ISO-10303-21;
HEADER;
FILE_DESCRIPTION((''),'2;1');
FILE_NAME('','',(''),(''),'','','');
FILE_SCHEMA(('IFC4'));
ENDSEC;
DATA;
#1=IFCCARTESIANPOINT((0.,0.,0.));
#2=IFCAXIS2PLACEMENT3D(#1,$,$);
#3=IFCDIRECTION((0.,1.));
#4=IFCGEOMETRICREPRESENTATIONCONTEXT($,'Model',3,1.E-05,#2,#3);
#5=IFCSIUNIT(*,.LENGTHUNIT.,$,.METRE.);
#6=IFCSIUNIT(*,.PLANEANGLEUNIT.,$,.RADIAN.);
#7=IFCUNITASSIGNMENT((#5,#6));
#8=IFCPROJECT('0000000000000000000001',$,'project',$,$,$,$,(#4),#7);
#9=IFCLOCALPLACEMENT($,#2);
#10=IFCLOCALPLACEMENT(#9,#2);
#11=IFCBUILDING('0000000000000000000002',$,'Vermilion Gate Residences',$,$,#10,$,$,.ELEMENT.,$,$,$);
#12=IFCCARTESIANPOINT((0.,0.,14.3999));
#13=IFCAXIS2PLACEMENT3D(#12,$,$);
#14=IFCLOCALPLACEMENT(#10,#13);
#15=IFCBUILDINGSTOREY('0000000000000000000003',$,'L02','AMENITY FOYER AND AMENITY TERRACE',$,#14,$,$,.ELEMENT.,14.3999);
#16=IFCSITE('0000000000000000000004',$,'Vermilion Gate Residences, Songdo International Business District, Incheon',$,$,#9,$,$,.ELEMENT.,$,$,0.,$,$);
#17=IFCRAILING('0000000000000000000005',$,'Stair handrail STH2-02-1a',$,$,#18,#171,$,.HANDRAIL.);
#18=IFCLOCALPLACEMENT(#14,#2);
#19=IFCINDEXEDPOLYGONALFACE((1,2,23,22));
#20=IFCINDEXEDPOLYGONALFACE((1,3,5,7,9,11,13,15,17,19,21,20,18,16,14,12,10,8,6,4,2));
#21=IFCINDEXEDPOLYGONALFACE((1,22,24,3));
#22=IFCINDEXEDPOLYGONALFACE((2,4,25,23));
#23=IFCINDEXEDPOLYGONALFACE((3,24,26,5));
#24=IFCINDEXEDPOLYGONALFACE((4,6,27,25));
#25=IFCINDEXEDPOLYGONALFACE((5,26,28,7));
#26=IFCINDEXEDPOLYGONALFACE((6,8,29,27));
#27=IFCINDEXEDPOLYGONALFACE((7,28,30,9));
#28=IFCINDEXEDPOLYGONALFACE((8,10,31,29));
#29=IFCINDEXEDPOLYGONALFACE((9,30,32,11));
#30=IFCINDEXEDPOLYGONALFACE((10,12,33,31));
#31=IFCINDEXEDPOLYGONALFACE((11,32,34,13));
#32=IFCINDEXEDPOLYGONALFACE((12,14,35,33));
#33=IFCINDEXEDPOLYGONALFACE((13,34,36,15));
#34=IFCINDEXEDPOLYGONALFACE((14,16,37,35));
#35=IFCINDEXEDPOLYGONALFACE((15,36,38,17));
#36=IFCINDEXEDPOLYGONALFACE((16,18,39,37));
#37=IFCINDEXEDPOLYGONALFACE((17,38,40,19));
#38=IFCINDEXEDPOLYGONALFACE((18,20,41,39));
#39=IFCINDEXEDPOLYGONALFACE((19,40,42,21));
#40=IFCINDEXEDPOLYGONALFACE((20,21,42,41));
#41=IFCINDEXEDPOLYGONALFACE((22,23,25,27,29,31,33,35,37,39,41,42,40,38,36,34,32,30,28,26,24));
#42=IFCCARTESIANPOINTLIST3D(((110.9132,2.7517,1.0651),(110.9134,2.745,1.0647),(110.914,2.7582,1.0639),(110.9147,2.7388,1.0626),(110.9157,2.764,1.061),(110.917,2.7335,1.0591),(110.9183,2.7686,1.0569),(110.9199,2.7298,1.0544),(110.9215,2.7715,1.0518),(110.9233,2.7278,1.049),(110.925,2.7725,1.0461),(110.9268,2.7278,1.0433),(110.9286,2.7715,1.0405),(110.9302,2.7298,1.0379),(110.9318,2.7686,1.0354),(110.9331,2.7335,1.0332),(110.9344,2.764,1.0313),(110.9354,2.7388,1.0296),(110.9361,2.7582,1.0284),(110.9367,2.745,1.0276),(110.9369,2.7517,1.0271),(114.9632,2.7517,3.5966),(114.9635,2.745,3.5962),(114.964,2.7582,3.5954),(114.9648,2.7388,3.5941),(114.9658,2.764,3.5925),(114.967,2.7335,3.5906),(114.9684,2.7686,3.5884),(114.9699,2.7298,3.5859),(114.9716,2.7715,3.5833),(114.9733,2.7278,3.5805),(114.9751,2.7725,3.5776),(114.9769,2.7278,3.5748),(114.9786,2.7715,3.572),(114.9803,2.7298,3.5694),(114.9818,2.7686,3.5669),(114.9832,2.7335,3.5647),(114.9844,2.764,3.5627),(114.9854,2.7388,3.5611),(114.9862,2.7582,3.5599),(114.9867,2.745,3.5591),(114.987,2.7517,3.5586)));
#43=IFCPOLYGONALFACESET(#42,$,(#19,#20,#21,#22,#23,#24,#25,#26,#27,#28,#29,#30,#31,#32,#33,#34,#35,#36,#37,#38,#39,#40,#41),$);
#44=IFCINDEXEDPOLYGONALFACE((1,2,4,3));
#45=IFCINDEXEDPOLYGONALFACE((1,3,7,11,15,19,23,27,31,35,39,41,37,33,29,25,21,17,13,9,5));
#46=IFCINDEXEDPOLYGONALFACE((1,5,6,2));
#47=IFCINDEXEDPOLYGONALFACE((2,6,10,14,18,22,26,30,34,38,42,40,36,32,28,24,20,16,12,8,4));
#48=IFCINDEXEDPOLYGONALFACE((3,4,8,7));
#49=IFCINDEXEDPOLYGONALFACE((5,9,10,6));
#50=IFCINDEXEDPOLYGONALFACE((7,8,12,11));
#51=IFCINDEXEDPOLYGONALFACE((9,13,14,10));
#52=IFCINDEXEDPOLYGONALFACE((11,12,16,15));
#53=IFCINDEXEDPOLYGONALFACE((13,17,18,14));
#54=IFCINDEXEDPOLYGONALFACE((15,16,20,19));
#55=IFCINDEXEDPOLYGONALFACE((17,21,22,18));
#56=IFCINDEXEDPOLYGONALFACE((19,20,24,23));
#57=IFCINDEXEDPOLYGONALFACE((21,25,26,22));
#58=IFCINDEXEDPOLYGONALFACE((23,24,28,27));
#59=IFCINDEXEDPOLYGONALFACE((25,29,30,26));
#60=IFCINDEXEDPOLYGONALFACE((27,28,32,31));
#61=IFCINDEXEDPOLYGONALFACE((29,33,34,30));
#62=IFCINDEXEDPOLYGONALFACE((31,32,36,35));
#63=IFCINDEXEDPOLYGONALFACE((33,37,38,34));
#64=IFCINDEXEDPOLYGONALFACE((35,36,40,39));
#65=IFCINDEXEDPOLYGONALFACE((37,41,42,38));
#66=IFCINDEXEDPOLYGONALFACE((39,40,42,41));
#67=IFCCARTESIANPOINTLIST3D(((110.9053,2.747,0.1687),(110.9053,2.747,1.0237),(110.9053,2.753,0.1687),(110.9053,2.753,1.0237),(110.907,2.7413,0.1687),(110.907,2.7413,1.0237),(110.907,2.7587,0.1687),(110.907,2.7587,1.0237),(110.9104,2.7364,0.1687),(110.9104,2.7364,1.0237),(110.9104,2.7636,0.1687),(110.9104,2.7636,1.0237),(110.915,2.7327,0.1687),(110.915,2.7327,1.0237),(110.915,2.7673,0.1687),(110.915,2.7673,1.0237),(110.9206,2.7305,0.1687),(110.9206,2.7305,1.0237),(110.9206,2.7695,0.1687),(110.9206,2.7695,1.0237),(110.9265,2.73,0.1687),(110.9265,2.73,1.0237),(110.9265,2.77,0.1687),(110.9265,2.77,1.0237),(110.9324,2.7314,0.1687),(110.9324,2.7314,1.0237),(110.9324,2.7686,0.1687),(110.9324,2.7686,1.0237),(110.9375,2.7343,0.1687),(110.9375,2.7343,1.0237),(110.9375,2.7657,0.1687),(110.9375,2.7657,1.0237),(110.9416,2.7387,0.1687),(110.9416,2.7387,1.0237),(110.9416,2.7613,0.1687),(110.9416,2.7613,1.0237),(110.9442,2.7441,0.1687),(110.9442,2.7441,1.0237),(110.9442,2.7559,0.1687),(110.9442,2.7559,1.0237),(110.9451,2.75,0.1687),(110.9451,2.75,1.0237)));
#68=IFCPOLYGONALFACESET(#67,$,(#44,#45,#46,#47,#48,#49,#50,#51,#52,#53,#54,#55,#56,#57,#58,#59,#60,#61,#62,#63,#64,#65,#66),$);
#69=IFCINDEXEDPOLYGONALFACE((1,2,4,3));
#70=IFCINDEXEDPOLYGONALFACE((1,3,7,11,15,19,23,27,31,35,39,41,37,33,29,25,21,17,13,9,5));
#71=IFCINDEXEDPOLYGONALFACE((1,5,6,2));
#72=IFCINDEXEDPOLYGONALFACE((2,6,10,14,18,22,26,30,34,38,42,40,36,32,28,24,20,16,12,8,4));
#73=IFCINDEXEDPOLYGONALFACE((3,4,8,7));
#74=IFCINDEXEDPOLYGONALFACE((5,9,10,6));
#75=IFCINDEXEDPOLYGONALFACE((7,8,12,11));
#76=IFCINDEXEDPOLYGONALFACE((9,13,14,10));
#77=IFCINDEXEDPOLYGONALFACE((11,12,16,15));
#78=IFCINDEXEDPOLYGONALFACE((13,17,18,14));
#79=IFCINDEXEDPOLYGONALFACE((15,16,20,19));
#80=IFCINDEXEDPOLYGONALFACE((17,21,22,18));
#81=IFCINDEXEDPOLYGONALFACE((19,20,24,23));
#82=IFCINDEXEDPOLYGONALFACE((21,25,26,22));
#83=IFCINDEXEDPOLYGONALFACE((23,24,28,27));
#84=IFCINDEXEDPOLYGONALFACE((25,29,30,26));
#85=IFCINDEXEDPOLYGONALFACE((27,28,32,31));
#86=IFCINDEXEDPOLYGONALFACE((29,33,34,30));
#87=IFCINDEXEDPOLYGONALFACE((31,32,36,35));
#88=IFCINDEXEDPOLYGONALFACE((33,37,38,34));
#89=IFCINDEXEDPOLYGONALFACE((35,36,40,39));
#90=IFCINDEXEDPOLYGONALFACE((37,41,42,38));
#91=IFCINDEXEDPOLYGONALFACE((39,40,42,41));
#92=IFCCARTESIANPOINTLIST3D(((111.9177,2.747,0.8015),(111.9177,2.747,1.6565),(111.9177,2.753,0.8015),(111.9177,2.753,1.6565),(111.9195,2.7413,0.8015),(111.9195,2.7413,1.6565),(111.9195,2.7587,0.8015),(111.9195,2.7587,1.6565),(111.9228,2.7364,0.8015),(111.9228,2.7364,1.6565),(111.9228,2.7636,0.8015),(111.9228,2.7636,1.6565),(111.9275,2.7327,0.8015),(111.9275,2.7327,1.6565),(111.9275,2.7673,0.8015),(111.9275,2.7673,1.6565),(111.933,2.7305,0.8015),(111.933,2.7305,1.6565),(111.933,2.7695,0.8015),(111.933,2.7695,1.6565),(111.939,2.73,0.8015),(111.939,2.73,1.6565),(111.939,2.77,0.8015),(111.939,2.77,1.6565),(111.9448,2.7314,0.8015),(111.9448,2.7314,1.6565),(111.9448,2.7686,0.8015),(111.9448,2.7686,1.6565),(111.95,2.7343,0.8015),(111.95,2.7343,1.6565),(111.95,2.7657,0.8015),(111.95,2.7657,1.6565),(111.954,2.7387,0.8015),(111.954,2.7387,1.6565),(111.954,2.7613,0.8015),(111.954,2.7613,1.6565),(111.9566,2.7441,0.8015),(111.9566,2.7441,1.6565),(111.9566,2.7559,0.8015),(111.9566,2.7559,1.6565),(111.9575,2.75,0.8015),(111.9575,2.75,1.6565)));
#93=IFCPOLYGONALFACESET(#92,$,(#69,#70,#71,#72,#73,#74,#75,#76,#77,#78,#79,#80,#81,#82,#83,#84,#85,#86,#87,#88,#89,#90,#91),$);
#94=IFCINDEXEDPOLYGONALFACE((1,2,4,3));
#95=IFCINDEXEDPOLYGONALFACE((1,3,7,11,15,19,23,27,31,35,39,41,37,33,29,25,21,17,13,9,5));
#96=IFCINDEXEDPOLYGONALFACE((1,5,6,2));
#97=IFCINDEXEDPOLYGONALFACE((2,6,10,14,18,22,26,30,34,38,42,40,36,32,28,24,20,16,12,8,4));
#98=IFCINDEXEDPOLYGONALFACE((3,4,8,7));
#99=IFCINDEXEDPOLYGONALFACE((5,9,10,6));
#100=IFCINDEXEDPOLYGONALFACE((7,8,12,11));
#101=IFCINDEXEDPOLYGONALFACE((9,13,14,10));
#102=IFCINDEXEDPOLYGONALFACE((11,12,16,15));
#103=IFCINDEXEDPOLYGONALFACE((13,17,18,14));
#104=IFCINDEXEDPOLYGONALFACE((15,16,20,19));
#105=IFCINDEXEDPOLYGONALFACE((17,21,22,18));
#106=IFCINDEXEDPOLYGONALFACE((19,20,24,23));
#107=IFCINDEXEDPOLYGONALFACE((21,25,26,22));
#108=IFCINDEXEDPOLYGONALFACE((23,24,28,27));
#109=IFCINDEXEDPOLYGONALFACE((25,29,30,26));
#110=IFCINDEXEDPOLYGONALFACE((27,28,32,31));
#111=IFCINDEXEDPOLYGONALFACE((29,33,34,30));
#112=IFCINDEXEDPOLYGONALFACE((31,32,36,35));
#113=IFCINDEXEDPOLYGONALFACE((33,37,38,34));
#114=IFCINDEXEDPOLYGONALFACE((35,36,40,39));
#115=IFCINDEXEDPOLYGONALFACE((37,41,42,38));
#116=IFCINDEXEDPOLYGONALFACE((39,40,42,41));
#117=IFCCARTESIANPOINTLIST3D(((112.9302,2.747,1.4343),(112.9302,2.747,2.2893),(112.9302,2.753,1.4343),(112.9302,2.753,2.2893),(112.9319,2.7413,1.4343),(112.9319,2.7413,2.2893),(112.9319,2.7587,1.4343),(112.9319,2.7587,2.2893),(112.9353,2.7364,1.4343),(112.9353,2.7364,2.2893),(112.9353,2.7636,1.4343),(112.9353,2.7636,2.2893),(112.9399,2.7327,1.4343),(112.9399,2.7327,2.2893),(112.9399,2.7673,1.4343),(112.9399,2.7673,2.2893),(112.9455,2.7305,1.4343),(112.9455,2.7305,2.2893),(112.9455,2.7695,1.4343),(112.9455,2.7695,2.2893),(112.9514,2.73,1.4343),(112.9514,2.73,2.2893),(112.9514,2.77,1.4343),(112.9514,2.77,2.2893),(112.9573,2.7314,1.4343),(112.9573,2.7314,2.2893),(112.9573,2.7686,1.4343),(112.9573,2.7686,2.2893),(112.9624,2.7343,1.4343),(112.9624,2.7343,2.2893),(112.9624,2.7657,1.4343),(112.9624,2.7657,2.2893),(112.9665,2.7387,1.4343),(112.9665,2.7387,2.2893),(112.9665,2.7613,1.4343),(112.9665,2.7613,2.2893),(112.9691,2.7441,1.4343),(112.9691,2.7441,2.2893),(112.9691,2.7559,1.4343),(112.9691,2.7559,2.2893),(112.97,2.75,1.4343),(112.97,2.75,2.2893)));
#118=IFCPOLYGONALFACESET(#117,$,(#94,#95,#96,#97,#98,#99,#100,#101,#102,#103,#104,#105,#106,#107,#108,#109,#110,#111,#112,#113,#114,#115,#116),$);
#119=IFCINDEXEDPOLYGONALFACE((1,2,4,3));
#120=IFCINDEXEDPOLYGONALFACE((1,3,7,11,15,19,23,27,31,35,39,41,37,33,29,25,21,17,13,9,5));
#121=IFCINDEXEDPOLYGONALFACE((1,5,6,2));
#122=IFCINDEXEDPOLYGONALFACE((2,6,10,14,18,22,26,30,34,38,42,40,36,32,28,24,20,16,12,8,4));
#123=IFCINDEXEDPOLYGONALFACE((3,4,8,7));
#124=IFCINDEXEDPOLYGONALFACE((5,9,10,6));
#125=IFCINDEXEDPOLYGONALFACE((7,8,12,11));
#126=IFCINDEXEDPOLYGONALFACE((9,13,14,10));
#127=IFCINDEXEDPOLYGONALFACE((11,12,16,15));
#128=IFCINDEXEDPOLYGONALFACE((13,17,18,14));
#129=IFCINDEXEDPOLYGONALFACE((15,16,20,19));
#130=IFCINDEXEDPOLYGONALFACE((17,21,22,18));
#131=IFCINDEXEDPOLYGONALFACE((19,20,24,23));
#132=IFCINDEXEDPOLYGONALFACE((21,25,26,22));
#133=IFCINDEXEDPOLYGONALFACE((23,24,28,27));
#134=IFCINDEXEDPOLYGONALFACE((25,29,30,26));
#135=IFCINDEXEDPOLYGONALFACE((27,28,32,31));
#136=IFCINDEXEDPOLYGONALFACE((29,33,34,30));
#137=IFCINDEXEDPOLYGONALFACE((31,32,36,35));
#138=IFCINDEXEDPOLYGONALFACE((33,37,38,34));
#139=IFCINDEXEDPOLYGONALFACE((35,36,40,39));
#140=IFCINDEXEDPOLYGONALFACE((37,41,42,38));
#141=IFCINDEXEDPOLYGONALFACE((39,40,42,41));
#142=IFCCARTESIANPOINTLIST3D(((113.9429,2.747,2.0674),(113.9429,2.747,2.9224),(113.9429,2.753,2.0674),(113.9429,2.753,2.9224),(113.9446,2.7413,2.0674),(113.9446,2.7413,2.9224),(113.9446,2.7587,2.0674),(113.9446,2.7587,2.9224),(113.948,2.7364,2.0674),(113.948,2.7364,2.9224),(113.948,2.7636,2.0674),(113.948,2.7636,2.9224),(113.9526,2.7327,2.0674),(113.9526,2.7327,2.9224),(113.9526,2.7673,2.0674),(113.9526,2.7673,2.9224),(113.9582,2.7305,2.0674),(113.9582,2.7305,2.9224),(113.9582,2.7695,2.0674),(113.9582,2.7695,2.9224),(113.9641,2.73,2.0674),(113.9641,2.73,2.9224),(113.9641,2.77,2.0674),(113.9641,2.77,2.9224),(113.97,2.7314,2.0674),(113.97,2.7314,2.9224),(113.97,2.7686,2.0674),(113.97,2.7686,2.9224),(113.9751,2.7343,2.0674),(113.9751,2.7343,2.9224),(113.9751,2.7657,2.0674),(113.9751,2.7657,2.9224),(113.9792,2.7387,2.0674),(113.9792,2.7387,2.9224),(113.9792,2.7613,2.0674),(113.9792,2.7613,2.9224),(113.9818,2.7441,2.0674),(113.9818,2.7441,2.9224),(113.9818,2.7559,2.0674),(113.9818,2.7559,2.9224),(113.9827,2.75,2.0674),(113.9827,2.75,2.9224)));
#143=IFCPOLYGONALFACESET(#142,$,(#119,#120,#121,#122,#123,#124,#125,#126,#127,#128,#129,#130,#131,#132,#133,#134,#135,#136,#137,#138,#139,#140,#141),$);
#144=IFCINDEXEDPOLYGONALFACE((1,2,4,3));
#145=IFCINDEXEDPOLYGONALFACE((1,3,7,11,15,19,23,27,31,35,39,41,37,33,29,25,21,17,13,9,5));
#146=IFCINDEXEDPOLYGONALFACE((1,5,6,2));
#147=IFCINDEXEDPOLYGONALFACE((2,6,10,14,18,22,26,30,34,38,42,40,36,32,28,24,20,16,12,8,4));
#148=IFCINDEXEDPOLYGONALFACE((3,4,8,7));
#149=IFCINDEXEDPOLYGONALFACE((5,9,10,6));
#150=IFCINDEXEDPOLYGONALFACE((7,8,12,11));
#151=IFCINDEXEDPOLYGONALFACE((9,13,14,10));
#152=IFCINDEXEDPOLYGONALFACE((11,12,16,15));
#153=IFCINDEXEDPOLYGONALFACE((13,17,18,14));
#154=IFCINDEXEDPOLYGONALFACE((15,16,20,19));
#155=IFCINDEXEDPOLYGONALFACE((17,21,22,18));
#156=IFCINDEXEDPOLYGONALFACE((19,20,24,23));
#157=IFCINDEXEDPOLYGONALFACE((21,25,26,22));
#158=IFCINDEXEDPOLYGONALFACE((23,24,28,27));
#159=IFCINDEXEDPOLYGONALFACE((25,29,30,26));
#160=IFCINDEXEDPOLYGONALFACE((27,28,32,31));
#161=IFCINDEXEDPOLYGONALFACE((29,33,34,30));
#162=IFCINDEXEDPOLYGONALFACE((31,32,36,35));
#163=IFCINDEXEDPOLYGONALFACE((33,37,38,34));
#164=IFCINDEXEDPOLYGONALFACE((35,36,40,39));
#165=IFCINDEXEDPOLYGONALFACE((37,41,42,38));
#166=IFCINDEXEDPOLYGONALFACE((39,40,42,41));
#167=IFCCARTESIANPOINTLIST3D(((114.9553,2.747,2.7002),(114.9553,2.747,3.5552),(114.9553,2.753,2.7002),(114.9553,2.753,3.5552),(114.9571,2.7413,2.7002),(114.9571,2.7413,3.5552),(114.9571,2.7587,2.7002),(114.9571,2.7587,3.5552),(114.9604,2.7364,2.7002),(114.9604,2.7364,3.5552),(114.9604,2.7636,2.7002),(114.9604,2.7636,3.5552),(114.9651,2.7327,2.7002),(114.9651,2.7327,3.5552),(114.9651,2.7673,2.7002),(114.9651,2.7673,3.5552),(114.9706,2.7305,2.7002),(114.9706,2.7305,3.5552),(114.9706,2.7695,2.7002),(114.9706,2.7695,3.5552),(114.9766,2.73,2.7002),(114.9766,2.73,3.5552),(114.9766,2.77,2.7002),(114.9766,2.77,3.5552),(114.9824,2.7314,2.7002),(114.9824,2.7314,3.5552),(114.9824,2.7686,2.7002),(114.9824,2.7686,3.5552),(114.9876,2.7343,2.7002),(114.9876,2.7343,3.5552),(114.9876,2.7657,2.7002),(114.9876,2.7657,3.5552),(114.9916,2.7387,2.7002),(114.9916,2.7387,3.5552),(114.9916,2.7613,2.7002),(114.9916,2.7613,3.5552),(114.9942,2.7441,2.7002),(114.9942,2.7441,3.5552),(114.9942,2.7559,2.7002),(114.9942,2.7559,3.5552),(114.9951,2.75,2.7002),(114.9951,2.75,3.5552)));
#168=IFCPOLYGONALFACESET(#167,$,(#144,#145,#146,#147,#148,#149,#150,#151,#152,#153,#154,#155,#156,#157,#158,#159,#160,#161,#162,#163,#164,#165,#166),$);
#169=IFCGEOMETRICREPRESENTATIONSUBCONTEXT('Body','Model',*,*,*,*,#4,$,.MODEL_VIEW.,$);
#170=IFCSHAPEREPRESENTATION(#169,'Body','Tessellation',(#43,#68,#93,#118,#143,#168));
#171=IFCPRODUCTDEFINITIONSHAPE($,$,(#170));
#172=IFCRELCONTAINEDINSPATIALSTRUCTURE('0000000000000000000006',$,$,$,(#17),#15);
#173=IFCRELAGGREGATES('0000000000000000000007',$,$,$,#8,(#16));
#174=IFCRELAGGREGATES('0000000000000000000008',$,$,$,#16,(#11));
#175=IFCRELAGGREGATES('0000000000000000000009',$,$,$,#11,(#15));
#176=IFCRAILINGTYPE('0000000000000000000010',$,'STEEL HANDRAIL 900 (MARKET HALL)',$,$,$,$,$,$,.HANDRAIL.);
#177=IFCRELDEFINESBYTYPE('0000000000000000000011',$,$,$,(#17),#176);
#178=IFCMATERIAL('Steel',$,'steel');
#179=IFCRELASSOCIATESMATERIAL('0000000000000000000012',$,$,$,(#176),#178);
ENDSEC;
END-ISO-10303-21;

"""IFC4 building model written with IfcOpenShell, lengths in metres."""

from ifc_helpers import new_model, si_unit, direction, frame, origin, origin_2d, place, context, subcontext, project, spatial, circle, extrude, material, type_object, element, save


model = new_model("IFC4")

# Units and contexts
model_context = context("Model", 3, precision=1e-05, world=origin(), true_north=direction((0.0, 1.0)))
body_context = subcontext(model_context, "Body", "Model", "MODEL_VIEW")
ifc_project = project(units=[si_unit("LENGTHUNIT", "METRE"), si_unit("PLANEANGLEUNIT", "RADIAN")], contexts=[model_context])

# Site, building, storey
site_placement = place(None, origin())
site = spatial("IfcSite", under=ifc_project, at=site_placement, Name="Vermilion Gate Residences, Songdo International Business District, Incheon", CompositionType="ELEMENT", RefElevation=0.0)
building_placement = place(site_placement, origin())
building = spatial("IfcBuilding", under=site, at=building_placement, Name="Vermilion Gate Residences", CompositionType="ELEMENT")
storey_placement = place(building_placement, frame((0.0, 0.0, 14.3999)))
storey = spatial("IfcBuildingStorey", under=building, at=storey_placement, Name="L02", Description="AMENITY FOYER AND AMENITY TERRACE", CompositionType="ELEMENT", Elevation=14.3999)

# Railing
ifc_material_1 = material(Name="Steel", Category="steel")
railing_type_1 = type_object("IfcRailingType", Name="STEEL HANDRAIL 900 (MARKET HALL)", PredefinedType="HANDRAIL", material=ifc_material_1)
for number, where, name in (
    (1, (110.925, 2.75, 0.1687), "Stair handrail STH2-02-1a"),
):
    element("IfcRailing", number, at=place(storey_placement, frame(where)), inside=storey, type_object=railing_type_1, Name=name, PredefinedType="HANDRAIL", context=body_context, shape_type="SweptSolid", body=[
        extrude(circle(Radius=0.0225, at=origin_2d()), frame((0.0, 0.0, 0.8774), z_axis=(0.847978, 0.0, 0.530031), x_axis=(0.0, 1.0, 0.0)), (0.0, 0.0, 1.0), 4.7761),
        extrude(circle(Radius=0.02, at=origin_2d()), origin(), (0.0, 0.0, 1.0), 0.855),
        extrude(circle(Radius=0.02, at=origin_2d()), frame((1.0125, 0.0, 0.6328)), (0.0, 0.0, 1.0), 0.855),
        extrude(circle(Radius=0.02, at=origin_2d()), frame((2.0249, 0.0, 1.2656)), (0.0, 0.0, 1.0), 0.855),
        extrude(circle(Radius=0.02, at=origin_2d()), frame((3.0376, 0.0, 1.8987)), (0.0, 0.0, 1.0), 0.855),
        extrude(circle(Radius=0.02, at=origin_2d()), frame((4.05, 0.0, 2.5315)), (0.0, 0.0, 1.0), 0.855),
    ])

save(model, "model.ifc")
